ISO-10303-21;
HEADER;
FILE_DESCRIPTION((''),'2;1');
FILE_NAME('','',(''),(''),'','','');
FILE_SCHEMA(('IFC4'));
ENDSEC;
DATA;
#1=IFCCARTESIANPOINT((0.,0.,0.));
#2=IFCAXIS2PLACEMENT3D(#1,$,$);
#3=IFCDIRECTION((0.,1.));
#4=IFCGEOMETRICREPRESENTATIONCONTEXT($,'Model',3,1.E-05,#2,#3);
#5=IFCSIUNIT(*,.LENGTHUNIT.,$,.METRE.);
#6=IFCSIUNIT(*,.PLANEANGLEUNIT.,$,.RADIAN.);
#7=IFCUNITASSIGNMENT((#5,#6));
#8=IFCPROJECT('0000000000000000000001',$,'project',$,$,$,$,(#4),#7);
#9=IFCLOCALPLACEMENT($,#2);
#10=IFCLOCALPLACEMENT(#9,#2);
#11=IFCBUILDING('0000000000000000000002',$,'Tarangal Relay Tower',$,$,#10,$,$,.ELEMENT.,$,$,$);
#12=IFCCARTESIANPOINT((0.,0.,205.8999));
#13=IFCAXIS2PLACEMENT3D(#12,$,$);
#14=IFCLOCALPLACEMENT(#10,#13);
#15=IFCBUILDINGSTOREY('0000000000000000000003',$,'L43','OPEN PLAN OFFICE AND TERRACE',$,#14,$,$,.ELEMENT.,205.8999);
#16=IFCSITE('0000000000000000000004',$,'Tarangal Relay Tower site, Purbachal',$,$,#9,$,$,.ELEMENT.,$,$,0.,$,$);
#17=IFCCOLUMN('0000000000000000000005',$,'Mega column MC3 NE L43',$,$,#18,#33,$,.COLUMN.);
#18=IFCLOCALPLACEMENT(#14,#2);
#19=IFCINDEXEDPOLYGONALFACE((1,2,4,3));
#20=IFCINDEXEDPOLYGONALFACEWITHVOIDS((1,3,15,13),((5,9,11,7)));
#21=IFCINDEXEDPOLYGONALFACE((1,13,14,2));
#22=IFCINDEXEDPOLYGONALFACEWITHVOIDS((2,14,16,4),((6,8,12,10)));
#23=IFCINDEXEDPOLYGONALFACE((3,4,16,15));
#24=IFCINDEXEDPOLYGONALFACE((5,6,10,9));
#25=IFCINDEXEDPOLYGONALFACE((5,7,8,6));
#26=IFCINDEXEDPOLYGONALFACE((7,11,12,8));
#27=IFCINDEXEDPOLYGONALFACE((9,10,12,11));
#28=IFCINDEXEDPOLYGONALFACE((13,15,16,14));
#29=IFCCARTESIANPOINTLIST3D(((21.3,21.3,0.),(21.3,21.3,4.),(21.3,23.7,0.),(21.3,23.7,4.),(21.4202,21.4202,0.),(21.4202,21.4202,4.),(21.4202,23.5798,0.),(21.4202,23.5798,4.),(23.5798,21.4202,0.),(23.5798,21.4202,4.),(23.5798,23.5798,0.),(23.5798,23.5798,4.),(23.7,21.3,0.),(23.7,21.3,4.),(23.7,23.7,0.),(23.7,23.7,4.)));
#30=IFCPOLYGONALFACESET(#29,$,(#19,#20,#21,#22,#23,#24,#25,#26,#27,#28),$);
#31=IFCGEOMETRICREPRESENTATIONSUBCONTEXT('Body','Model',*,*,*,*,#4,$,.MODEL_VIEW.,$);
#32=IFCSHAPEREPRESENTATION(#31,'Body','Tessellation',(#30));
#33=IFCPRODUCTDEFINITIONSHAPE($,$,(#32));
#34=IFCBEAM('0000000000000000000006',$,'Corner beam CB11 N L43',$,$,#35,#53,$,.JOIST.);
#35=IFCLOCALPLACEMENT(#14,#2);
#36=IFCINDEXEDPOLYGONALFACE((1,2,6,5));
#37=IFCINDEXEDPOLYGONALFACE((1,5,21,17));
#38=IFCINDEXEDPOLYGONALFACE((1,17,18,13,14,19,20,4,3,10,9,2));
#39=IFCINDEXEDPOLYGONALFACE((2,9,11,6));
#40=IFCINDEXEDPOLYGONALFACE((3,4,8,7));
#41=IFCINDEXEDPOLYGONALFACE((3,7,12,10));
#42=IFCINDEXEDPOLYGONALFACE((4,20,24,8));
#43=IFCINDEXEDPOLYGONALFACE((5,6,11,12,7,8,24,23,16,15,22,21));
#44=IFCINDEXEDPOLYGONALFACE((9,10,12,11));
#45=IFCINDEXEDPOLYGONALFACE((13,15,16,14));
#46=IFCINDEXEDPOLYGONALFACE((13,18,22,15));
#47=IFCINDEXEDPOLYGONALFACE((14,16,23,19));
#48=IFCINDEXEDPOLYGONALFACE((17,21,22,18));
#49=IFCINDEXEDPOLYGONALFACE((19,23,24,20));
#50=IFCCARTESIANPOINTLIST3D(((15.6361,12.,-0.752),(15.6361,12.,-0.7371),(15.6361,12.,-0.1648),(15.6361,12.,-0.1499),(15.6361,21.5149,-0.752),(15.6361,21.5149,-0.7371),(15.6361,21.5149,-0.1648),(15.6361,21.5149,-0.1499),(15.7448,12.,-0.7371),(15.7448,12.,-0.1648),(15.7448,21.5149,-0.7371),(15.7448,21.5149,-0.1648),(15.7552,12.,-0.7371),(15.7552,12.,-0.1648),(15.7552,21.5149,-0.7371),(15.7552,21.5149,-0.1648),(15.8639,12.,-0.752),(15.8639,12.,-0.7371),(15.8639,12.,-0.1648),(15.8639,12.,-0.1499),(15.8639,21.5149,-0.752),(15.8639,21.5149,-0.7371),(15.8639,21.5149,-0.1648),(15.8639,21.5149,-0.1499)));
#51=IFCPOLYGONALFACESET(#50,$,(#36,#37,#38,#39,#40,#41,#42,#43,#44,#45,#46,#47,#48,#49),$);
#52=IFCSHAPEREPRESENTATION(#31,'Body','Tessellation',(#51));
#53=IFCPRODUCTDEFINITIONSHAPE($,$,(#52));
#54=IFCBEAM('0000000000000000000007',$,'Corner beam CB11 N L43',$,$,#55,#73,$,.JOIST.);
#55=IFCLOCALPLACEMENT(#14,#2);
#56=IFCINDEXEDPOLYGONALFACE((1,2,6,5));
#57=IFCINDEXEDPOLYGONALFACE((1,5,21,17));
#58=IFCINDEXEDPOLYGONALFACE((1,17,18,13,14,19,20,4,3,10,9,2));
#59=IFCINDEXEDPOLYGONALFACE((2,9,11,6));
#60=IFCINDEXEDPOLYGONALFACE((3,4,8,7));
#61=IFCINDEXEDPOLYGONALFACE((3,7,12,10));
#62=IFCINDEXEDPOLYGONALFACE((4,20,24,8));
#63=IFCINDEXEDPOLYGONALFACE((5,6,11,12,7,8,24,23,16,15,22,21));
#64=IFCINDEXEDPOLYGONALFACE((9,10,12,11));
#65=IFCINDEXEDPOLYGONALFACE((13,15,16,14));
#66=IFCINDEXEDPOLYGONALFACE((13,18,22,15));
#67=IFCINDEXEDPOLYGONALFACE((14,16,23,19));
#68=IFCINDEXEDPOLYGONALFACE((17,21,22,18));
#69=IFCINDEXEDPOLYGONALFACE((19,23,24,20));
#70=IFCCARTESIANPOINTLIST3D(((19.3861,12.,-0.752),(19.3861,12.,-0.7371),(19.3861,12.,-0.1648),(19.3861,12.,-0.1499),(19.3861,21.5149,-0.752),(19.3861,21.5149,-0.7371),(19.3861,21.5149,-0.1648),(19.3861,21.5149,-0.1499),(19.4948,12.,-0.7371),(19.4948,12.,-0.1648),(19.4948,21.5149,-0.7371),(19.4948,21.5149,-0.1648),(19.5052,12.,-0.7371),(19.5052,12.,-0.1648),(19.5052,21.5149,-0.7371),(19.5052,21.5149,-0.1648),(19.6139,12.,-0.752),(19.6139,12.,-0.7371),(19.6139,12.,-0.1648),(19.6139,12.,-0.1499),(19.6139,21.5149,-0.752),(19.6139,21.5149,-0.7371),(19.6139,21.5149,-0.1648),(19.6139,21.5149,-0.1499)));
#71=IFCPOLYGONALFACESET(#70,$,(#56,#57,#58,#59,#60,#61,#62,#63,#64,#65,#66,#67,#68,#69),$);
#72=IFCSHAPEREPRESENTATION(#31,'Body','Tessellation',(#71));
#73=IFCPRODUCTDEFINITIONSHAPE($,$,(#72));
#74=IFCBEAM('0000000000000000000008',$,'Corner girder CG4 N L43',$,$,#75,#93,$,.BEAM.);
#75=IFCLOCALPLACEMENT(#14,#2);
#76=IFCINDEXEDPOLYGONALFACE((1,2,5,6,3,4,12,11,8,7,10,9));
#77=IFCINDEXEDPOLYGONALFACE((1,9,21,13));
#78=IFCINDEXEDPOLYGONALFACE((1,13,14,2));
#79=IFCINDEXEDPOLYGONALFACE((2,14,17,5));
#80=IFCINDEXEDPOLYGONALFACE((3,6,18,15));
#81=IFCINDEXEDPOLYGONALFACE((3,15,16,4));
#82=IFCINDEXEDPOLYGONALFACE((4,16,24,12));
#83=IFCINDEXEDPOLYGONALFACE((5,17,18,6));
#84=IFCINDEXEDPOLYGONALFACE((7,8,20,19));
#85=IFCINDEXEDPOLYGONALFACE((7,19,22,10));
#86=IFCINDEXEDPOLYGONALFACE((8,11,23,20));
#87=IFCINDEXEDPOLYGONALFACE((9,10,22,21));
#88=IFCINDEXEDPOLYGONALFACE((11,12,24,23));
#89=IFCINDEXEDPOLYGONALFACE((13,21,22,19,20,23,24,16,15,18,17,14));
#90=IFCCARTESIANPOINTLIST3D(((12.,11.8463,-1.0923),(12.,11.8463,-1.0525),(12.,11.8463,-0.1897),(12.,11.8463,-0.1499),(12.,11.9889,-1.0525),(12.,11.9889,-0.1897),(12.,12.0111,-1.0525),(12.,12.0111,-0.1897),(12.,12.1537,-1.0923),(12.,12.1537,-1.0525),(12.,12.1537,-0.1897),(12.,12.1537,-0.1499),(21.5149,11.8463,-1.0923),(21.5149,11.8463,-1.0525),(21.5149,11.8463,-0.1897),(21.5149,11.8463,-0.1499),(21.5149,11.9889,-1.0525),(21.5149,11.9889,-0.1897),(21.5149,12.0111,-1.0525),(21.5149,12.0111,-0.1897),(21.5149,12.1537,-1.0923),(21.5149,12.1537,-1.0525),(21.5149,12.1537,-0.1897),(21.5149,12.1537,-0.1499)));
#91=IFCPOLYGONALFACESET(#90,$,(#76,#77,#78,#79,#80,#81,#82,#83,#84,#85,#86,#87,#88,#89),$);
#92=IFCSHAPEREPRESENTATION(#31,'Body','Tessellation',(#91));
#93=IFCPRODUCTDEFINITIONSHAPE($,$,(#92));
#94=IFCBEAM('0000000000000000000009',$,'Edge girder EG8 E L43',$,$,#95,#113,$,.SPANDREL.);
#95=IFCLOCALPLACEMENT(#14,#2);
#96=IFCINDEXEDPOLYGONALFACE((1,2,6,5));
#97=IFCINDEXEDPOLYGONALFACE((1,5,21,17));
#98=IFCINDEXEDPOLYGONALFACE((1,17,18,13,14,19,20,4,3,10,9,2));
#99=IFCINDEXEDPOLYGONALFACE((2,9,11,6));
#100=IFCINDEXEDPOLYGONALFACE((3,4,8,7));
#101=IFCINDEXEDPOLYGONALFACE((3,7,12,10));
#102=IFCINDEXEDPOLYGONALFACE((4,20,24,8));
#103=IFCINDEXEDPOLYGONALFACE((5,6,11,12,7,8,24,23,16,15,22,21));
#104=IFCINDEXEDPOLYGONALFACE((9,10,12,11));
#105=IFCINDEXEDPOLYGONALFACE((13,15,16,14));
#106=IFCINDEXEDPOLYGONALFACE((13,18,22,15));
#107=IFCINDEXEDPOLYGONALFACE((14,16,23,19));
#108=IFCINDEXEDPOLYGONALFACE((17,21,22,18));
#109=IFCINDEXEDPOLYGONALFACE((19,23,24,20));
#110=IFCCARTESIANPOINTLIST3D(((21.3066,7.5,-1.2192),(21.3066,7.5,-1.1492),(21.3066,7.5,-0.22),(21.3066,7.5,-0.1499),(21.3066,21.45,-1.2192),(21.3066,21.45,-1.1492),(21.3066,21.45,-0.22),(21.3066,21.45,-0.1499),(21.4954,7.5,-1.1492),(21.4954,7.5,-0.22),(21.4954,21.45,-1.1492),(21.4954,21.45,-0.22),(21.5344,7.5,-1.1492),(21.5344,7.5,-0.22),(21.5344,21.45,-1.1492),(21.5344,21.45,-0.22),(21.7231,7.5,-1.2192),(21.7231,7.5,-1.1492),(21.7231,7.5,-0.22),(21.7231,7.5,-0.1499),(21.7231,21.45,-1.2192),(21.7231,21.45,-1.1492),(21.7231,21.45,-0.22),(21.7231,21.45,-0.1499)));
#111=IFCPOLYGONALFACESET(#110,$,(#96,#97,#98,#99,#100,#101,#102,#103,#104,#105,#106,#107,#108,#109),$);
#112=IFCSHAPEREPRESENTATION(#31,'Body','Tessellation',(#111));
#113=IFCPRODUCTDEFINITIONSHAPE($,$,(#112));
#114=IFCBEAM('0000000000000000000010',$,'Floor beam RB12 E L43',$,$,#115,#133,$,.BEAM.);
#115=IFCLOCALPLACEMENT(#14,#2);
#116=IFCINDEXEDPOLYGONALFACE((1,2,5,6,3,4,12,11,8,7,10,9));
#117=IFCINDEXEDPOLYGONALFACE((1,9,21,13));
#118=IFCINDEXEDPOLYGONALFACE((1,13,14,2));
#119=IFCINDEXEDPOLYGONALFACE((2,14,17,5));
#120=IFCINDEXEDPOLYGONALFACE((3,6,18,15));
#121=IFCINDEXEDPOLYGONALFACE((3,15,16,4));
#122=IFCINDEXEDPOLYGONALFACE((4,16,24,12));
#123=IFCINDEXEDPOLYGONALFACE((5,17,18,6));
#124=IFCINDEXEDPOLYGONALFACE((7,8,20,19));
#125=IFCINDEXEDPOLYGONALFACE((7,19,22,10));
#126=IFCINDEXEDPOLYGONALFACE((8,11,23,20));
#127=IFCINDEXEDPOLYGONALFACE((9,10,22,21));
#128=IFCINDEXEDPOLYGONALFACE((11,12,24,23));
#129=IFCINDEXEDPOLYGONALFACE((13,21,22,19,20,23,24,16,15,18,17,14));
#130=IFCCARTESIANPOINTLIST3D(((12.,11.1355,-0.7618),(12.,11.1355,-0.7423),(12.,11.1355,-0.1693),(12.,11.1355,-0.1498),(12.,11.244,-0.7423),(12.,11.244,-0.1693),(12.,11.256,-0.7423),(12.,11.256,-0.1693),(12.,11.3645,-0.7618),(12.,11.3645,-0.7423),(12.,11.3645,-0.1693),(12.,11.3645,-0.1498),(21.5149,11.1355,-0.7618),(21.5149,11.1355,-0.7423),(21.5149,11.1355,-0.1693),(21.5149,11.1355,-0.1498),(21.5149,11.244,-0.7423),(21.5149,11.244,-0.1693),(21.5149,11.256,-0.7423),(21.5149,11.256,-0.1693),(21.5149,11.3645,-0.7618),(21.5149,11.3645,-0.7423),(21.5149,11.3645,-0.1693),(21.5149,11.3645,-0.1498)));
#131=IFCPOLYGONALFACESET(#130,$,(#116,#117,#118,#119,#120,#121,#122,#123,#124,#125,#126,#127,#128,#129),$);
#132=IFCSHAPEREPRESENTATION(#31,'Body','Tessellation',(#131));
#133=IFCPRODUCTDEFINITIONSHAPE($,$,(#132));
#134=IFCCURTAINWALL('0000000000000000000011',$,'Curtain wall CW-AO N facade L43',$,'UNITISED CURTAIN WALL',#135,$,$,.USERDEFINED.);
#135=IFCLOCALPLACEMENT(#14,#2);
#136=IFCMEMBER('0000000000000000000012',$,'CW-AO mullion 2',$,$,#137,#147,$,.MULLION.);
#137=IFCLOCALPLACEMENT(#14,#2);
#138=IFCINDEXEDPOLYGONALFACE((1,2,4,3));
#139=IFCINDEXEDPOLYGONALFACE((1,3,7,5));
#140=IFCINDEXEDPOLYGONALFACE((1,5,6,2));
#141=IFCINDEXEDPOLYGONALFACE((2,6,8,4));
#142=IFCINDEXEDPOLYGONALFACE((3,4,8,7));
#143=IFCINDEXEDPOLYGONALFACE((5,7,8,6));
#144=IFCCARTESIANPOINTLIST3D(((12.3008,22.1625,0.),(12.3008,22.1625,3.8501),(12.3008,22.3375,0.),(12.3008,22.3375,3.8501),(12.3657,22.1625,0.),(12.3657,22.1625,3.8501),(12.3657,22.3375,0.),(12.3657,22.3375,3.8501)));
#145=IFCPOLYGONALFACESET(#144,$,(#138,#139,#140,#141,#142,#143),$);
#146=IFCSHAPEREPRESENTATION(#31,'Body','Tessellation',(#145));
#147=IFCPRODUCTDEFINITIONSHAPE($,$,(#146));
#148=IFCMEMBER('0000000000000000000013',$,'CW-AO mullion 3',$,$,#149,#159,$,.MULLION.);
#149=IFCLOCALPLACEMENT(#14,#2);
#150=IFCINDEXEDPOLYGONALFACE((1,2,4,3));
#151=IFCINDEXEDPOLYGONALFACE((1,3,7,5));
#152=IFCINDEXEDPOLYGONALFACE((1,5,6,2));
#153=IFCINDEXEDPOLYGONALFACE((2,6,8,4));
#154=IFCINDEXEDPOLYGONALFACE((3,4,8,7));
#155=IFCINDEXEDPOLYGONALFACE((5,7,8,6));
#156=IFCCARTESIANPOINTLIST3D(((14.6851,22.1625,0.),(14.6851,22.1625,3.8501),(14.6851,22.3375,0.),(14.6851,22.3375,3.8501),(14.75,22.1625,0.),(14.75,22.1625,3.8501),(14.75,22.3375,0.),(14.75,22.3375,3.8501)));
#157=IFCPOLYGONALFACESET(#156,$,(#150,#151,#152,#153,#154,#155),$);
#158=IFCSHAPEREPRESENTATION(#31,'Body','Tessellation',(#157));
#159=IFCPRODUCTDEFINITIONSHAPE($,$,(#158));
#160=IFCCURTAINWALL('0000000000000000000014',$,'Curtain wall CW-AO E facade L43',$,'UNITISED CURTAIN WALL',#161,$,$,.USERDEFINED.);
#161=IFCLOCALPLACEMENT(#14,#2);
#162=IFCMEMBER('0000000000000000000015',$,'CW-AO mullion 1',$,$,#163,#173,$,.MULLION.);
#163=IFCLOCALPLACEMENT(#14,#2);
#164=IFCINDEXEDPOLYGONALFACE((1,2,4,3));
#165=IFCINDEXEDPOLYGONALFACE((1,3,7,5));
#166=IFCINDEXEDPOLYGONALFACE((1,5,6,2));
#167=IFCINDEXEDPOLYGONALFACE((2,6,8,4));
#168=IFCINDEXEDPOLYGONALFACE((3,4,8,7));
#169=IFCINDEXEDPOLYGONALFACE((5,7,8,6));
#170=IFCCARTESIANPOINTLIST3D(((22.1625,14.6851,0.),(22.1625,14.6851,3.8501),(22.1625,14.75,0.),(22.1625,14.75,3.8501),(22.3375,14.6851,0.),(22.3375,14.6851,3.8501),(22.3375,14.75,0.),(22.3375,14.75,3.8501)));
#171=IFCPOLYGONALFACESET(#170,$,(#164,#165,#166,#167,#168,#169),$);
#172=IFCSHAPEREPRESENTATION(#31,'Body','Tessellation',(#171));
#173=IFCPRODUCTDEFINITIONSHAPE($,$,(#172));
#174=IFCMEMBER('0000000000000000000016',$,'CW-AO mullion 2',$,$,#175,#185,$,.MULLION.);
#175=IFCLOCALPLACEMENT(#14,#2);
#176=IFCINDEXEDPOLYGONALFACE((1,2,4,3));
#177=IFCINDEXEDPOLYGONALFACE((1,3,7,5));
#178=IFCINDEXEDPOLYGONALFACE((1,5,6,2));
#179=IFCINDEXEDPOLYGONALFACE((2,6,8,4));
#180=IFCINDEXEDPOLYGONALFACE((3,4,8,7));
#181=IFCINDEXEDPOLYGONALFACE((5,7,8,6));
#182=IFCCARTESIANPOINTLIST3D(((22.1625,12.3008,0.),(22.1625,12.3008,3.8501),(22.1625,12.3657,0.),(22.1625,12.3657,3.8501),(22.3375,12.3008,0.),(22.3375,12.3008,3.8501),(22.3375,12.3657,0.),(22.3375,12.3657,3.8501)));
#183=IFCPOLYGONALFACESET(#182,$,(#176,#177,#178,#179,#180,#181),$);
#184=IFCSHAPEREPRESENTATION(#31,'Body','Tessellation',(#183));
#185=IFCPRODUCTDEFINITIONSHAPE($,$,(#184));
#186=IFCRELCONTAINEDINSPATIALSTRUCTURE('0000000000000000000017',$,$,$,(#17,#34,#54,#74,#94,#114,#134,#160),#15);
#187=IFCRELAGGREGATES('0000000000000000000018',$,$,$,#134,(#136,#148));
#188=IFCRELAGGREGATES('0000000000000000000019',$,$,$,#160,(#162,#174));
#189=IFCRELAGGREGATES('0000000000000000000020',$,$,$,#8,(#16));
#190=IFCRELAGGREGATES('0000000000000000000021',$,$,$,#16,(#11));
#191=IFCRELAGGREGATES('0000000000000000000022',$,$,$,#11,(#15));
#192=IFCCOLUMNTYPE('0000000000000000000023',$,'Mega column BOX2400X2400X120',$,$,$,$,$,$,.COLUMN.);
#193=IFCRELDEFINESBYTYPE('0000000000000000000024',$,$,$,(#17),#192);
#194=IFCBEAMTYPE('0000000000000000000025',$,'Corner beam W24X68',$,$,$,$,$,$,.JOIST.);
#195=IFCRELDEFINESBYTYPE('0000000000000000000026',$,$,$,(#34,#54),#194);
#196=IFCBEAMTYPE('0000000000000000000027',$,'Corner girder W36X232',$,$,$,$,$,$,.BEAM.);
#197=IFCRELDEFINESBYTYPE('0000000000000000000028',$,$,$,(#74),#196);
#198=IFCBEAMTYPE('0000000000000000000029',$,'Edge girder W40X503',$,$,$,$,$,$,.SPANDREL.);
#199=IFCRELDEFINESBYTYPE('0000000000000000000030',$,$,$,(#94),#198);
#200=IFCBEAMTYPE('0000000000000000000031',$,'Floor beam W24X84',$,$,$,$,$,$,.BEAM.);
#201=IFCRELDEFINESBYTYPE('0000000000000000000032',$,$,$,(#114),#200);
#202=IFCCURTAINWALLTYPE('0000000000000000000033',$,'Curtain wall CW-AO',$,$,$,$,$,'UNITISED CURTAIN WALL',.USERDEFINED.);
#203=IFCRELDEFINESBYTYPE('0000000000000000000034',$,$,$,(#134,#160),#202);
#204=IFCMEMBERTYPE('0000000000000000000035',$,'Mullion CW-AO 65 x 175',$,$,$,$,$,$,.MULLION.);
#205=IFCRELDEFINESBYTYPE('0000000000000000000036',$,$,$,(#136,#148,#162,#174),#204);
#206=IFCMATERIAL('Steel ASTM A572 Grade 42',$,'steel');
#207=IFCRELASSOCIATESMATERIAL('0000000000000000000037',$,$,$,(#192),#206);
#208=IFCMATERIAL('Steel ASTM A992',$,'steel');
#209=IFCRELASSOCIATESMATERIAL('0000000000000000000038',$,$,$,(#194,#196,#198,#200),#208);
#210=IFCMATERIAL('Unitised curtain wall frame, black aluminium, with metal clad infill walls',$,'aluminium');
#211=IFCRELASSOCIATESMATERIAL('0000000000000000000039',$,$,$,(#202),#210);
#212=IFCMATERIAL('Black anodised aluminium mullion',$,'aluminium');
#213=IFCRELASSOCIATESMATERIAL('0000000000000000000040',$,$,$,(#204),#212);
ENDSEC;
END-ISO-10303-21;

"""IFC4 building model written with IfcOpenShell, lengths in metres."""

from ifc_helpers import new_model, si_unit, direction, frame, origin, origin_2d, place, context, subcontext, project, spatial, rectangle, hollow_rectangle, i_section, extrude, material, material_profile, profile_set, type_object, element, aggregate, save


model = new_model("IFC4")

# Units and contexts
model_context = context("Model", 3, precision=1e-05, world=origin(), true_north=direction((0.0, 1.0)))
body_context = subcontext(model_context, "Body", "Model", "MODEL_VIEW")
ifc_project = project(units=[si_unit("LENGTHUNIT", "METRE"), si_unit("PLANEANGLEUNIT", "RADIAN")], contexts=[model_context])

# Site, building, storey
site_placement = place(None, origin())
site = spatial("IfcSite", under=ifc_project, at=site_placement, Name="Tarangal Relay Tower site, Purbachal", CompositionType="ELEMENT", RefElevation=0.0)
building_placement = place(site_placement, origin())
building = spatial("IfcBuilding", under=site, at=building_placement, Name="Tarangal Relay Tower", CompositionType="ELEMENT")
storey_placement = place(building_placement, frame((0.0, 0.0, 205.8999)))
storey = spatial("IfcBuildingStorey", under=building, at=storey_placement, Name="L43", Description="OPEN PLAN OFFICE AND TERRACE", CompositionType="ELEMENT", Elevation=205.8999)

# Column
ifc_material_1 = material(Name="Steel ASTM A572 Grade 42", Category="steel")
ifc_material_profile_1 = material_profile(ifc_material_1, hollow_rectangle(XDim=2.3999, YDim=2.3999, WallThickness=0.1201, at=origin_2d()), Name="BOX2400X2400X120")
ifc_profile_set_1 = profile_set([ifc_material_profile_1], Name="Steel ASTM A572 Grade 42")
column_type = type_object("IfcColumnType", Name="Mega column BOX2400X2400X120", PredefinedType="COLUMN", material=ifc_profile_set_1)
column_placement = place(storey_placement, frame((22.5, 22.5, 0.0), z_axis=(0.0, 0.0, 1.0), x_axis=(1.0, 0.0, 0.0)))
element("IfcColumn", 1, at=column_placement, inside=storey, type_object=column_type, Name="Mega column MC3 NE L43", PredefinedType="COLUMN", context=body_context, shape_type="SweptSolid", body=[
    extrude(hollow_rectangle(XDim=2.3999, YDim=2.3999, WallThickness=0.1201, at=origin_2d()), origin(), (0.0, 0.0, 1.0), 4.0),
])

# Beams
ifc_material_2 = material(Name="Steel ASTM A992", Category="steel")
ifc_material_profile_2 = material_profile(ifc_material_2, i_section(OverallWidth=0.2278, OverallDepth=0.6021, WebThickness=0.0105, FlangeThickness=0.0149, at=origin_2d()), Name="W24X68")
ifc_profile_set_2 = profile_set([ifc_material_profile_2], Name="Steel ASTM A992")
beam_type_1 = type_object("IfcBeamType", Name="Corner beam W24X68", PredefinedType="JOIST", material=ifc_profile_set_2)
for number, where, z_axis, x_axis, name in (
    (2, (15.75, 12.0, -0.4509), (0.0, 1.0, 0.0), (-1.0, 0.0, 0.0), "Corner beam CB11 N L43"),
    (3, (19.5, 12.0, -0.4509), (0.0, 1.0, 0.0), (-1.0, 0.0, 0.0), "Corner beam CB11 N L43"),
):
    element("IfcBeam", number, at=place(storey_placement, frame(where, z_axis=z_axis, x_axis=x_axis)), inside=storey, type_object=beam_type_1, Name=name, PredefinedType="JOIST", context=body_context, shape_type="SweptSolid", body=[
        extrude(i_section(OverallWidth=0.2278, OverallDepth=0.6021, WebThickness=0.0105, FlangeThickness=0.0149, at=origin_2d()), origin(), (0.0, 0.0, 1.0), 9.5149),
    ])
ifc_material_profile_3 = material_profile(ifc_material_2, i_section(OverallWidth=0.3074, OverallDepth=0.9424, WebThickness=0.0222, FlangeThickness=0.0398, at=origin_2d()), Name="W36X232")
ifc_profile_set_3 = profile_set([ifc_material_profile_3], Name="Steel ASTM A992")
beam_type_2 = type_object("IfcBeamType", Name="Corner girder W36X232", PredefinedType="BEAM", material=ifc_profile_set_3)
beam_1_placement = place(storey_placement, frame((12.0, 12.0, -0.6211), z_axis=(1.0, 0.0, 0.0), x_axis=(0.0, 1.0, 0.0)))
element("IfcBeam", 4, at=beam_1_placement, inside=storey, type_object=beam_type_2, Name="Corner girder CG4 N L43", PredefinedType="BEAM", context=body_context, shape_type="SweptSolid", body=[
    extrude(i_section(OverallWidth=0.3074, OverallDepth=0.9424, WebThickness=0.0222, FlangeThickness=0.0398, at=origin_2d()), origin(), (0.0, 0.0, 1.0), 9.5149),
])
ifc_material_profile_4 = material_profile(ifc_material_2, i_section(OverallWidth=0.4165, OverallDepth=1.0693, WebThickness=0.0391, FlangeThickness=0.0701, at=origin_2d()), Name="W40X503")
ifc_profile_set_4 = profile_set([ifc_material_profile_4], Name="Steel ASTM A992")
beam_type_3 = type_object("IfcBeamType", Name="Edge girder W40X503", PredefinedType="SPANDREL", material=ifc_profile_set_4)
beam_2_placement = place(storey_placement, frame((21.5149, 21.45, -0.6846), z_axis=(0.0, -1.0, 0.0), x_axis=(1.0, 0.0, 0.0)))
element("IfcBeam", 5, at=beam_2_placement, inside=storey, type_object=beam_type_3, Name="Edge girder EG8 E L43", PredefinedType="SPANDREL", context=body_context, shape_type="SweptSolid", body=[
    extrude(i_section(OverallWidth=0.4165, OverallDepth=1.0693, WebThickness=0.0391, FlangeThickness=0.0701, at=origin_2d()), origin(), (0.0, 0.0, 1.0), 13.95),
])
ifc_material_profile_5 = material_profile(ifc_material_2, i_section(OverallWidth=0.229, OverallDepth=0.6121, WebThickness=0.012, FlangeThickness=0.0195, at=origin_2d()), Name="W24X84")
ifc_profile_set_5 = profile_set([ifc_material_profile_5], Name="Steel ASTM A992")
beam_type_4 = type_object("IfcBeamType", Name="Floor beam W24X84", PredefinedType="BEAM", material=ifc_profile_set_5)
beam_3_placement = place(storey_placement, frame((12.0, 11.25, -0.4558), z_axis=(1.0, 0.0, 0.0), x_axis=(0.0, 1.0, 0.0)))
element("IfcBeam", 6, at=beam_3_placement, inside=storey, type_object=beam_type_4, Name="Floor beam RB12 E L43", PredefinedType="BEAM", context=body_context, shape_type="SweptSolid", body=[
    extrude(i_section(OverallWidth=0.229, OverallDepth=0.6121, WebThickness=0.012, FlangeThickness=0.0195, at=origin_2d()), origin(), (0.0, 0.0, 1.0), 9.5149),
])

# Curtain walls, members
ifc_material_3 = material(Name="Unitised curtain wall frame, black aluminium, with metal clad infill walls", Category="aluminium")
curtain_wall_type = type_object("IfcCurtainWallType", Name="Curtain wall CW-AO", ElementType="UNITISED CURTAIN WALL", PredefinedType="USERDEFINED", material=ifc_material_3)
curtain_wall_1_placement = place(storey_placement, origin())
curtain_wall_1 = element("IfcCurtainWall", 7, at=curtain_wall_1_placement, inside=storey, type_object=curtain_wall_type, Name="Curtain wall CW-AO N facade L43", ObjectType="UNITISED CURTAIN WALL", PredefinedType="USERDEFINED")
ifc_material_4 = material(Name="Black anodised aluminium mullion", Category="aluminium")
ifc_material_profile_6 = material_profile(ifc_material_4, rectangle(XDim=0.175, YDim=0.0649, at=origin_2d()), Name="CW-AOM 65X175")
ifc_profile_set_6 = profile_set([ifc_material_profile_6], Name="Black anodised aluminium mullion")
member_type_1 = type_object("IfcMemberType", Name="Mullion CW-AO 65 x 175", PredefinedType="MULLION", material=ifc_profile_set_6)
member_1_placement = place(storey_placement, frame((12.3333, 22.25, 0.0), z_axis=(0.0, 0.0, 1.0), x_axis=(0.0, 1.0, 0.0)))
member_1 = element("IfcMember", 8, at=member_1_placement, type_object=member_type_1, Name="CW-AO mullion 2", PredefinedType="MULLION", context=body_context, shape_type="SweptSolid", body=[
    extrude(rectangle(XDim=0.175, YDim=0.0649, at=origin_2d()), origin(), (0.0, 0.0, 1.0), 3.8501),
])
member_2_placement = place(storey_placement, frame((14.7175, 22.25, 0.0), z_axis=(0.0, 0.0, 1.0), x_axis=(0.0, 1.0, 0.0)))
member_2 = element("IfcMember", 9, at=member_2_placement, type_object=member_type_1, Name="CW-AO mullion 3", PredefinedType="MULLION", context=body_context, shape_type="SweptSolid", body=[
    extrude(rectangle(XDim=0.175, YDim=0.0649, at=origin_2d()), origin(), (0.0, 0.0, 1.0), 3.8501),
])
curtain_wall_2_placement = place(storey_placement, origin())
curtain_wall_2 = element("IfcCurtainWall", 10, at=curtain_wall_2_placement, inside=storey, type_object=curtain_wall_type, Name="Curtain wall CW-AO E facade L43", ObjectType="UNITISED CURTAIN WALL", PredefinedType="USERDEFINED")
member_3_placement = place(storey_placement, frame((22.25, 14.7175, 0.0), z_axis=(0.0, 0.0, 1.0), x_axis=(1.0, 0.0, 0.0)))
member_3 = element("IfcMember", 11, at=member_3_placement, type_object=member_type_1, Name="CW-AO mullion 1", PredefinedType="MULLION", context=body_context, shape_type="SweptSolid", body=[
    extrude(rectangle(XDim=0.175, YDim=0.0649, at=origin_2d()), origin(), (0.0, 0.0, 1.0), 3.8501),
])
member_4_placement = place(storey_placement, frame((22.25, 12.3333, 0.0), z_axis=(0.0, 0.0, 1.0), x_axis=(1.0, 0.0, 0.0)))
member_4 = element("IfcMember", 12, at=member_4_placement, type_object=member_type_1, Name="CW-AO mullion 2", PredefinedType="MULLION", context=body_context, shape_type="SweptSolid", body=[
    extrude(rectangle(XDim=0.175, YDim=0.0649, at=origin_2d()), origin(), (0.0, 0.0, 1.0), 3.8501),
])

aggregate(curtain_wall_1, [member_1, member_2])
aggregate(curtain_wall_2, [member_3, member_4])

save(model, "model.ifc")
